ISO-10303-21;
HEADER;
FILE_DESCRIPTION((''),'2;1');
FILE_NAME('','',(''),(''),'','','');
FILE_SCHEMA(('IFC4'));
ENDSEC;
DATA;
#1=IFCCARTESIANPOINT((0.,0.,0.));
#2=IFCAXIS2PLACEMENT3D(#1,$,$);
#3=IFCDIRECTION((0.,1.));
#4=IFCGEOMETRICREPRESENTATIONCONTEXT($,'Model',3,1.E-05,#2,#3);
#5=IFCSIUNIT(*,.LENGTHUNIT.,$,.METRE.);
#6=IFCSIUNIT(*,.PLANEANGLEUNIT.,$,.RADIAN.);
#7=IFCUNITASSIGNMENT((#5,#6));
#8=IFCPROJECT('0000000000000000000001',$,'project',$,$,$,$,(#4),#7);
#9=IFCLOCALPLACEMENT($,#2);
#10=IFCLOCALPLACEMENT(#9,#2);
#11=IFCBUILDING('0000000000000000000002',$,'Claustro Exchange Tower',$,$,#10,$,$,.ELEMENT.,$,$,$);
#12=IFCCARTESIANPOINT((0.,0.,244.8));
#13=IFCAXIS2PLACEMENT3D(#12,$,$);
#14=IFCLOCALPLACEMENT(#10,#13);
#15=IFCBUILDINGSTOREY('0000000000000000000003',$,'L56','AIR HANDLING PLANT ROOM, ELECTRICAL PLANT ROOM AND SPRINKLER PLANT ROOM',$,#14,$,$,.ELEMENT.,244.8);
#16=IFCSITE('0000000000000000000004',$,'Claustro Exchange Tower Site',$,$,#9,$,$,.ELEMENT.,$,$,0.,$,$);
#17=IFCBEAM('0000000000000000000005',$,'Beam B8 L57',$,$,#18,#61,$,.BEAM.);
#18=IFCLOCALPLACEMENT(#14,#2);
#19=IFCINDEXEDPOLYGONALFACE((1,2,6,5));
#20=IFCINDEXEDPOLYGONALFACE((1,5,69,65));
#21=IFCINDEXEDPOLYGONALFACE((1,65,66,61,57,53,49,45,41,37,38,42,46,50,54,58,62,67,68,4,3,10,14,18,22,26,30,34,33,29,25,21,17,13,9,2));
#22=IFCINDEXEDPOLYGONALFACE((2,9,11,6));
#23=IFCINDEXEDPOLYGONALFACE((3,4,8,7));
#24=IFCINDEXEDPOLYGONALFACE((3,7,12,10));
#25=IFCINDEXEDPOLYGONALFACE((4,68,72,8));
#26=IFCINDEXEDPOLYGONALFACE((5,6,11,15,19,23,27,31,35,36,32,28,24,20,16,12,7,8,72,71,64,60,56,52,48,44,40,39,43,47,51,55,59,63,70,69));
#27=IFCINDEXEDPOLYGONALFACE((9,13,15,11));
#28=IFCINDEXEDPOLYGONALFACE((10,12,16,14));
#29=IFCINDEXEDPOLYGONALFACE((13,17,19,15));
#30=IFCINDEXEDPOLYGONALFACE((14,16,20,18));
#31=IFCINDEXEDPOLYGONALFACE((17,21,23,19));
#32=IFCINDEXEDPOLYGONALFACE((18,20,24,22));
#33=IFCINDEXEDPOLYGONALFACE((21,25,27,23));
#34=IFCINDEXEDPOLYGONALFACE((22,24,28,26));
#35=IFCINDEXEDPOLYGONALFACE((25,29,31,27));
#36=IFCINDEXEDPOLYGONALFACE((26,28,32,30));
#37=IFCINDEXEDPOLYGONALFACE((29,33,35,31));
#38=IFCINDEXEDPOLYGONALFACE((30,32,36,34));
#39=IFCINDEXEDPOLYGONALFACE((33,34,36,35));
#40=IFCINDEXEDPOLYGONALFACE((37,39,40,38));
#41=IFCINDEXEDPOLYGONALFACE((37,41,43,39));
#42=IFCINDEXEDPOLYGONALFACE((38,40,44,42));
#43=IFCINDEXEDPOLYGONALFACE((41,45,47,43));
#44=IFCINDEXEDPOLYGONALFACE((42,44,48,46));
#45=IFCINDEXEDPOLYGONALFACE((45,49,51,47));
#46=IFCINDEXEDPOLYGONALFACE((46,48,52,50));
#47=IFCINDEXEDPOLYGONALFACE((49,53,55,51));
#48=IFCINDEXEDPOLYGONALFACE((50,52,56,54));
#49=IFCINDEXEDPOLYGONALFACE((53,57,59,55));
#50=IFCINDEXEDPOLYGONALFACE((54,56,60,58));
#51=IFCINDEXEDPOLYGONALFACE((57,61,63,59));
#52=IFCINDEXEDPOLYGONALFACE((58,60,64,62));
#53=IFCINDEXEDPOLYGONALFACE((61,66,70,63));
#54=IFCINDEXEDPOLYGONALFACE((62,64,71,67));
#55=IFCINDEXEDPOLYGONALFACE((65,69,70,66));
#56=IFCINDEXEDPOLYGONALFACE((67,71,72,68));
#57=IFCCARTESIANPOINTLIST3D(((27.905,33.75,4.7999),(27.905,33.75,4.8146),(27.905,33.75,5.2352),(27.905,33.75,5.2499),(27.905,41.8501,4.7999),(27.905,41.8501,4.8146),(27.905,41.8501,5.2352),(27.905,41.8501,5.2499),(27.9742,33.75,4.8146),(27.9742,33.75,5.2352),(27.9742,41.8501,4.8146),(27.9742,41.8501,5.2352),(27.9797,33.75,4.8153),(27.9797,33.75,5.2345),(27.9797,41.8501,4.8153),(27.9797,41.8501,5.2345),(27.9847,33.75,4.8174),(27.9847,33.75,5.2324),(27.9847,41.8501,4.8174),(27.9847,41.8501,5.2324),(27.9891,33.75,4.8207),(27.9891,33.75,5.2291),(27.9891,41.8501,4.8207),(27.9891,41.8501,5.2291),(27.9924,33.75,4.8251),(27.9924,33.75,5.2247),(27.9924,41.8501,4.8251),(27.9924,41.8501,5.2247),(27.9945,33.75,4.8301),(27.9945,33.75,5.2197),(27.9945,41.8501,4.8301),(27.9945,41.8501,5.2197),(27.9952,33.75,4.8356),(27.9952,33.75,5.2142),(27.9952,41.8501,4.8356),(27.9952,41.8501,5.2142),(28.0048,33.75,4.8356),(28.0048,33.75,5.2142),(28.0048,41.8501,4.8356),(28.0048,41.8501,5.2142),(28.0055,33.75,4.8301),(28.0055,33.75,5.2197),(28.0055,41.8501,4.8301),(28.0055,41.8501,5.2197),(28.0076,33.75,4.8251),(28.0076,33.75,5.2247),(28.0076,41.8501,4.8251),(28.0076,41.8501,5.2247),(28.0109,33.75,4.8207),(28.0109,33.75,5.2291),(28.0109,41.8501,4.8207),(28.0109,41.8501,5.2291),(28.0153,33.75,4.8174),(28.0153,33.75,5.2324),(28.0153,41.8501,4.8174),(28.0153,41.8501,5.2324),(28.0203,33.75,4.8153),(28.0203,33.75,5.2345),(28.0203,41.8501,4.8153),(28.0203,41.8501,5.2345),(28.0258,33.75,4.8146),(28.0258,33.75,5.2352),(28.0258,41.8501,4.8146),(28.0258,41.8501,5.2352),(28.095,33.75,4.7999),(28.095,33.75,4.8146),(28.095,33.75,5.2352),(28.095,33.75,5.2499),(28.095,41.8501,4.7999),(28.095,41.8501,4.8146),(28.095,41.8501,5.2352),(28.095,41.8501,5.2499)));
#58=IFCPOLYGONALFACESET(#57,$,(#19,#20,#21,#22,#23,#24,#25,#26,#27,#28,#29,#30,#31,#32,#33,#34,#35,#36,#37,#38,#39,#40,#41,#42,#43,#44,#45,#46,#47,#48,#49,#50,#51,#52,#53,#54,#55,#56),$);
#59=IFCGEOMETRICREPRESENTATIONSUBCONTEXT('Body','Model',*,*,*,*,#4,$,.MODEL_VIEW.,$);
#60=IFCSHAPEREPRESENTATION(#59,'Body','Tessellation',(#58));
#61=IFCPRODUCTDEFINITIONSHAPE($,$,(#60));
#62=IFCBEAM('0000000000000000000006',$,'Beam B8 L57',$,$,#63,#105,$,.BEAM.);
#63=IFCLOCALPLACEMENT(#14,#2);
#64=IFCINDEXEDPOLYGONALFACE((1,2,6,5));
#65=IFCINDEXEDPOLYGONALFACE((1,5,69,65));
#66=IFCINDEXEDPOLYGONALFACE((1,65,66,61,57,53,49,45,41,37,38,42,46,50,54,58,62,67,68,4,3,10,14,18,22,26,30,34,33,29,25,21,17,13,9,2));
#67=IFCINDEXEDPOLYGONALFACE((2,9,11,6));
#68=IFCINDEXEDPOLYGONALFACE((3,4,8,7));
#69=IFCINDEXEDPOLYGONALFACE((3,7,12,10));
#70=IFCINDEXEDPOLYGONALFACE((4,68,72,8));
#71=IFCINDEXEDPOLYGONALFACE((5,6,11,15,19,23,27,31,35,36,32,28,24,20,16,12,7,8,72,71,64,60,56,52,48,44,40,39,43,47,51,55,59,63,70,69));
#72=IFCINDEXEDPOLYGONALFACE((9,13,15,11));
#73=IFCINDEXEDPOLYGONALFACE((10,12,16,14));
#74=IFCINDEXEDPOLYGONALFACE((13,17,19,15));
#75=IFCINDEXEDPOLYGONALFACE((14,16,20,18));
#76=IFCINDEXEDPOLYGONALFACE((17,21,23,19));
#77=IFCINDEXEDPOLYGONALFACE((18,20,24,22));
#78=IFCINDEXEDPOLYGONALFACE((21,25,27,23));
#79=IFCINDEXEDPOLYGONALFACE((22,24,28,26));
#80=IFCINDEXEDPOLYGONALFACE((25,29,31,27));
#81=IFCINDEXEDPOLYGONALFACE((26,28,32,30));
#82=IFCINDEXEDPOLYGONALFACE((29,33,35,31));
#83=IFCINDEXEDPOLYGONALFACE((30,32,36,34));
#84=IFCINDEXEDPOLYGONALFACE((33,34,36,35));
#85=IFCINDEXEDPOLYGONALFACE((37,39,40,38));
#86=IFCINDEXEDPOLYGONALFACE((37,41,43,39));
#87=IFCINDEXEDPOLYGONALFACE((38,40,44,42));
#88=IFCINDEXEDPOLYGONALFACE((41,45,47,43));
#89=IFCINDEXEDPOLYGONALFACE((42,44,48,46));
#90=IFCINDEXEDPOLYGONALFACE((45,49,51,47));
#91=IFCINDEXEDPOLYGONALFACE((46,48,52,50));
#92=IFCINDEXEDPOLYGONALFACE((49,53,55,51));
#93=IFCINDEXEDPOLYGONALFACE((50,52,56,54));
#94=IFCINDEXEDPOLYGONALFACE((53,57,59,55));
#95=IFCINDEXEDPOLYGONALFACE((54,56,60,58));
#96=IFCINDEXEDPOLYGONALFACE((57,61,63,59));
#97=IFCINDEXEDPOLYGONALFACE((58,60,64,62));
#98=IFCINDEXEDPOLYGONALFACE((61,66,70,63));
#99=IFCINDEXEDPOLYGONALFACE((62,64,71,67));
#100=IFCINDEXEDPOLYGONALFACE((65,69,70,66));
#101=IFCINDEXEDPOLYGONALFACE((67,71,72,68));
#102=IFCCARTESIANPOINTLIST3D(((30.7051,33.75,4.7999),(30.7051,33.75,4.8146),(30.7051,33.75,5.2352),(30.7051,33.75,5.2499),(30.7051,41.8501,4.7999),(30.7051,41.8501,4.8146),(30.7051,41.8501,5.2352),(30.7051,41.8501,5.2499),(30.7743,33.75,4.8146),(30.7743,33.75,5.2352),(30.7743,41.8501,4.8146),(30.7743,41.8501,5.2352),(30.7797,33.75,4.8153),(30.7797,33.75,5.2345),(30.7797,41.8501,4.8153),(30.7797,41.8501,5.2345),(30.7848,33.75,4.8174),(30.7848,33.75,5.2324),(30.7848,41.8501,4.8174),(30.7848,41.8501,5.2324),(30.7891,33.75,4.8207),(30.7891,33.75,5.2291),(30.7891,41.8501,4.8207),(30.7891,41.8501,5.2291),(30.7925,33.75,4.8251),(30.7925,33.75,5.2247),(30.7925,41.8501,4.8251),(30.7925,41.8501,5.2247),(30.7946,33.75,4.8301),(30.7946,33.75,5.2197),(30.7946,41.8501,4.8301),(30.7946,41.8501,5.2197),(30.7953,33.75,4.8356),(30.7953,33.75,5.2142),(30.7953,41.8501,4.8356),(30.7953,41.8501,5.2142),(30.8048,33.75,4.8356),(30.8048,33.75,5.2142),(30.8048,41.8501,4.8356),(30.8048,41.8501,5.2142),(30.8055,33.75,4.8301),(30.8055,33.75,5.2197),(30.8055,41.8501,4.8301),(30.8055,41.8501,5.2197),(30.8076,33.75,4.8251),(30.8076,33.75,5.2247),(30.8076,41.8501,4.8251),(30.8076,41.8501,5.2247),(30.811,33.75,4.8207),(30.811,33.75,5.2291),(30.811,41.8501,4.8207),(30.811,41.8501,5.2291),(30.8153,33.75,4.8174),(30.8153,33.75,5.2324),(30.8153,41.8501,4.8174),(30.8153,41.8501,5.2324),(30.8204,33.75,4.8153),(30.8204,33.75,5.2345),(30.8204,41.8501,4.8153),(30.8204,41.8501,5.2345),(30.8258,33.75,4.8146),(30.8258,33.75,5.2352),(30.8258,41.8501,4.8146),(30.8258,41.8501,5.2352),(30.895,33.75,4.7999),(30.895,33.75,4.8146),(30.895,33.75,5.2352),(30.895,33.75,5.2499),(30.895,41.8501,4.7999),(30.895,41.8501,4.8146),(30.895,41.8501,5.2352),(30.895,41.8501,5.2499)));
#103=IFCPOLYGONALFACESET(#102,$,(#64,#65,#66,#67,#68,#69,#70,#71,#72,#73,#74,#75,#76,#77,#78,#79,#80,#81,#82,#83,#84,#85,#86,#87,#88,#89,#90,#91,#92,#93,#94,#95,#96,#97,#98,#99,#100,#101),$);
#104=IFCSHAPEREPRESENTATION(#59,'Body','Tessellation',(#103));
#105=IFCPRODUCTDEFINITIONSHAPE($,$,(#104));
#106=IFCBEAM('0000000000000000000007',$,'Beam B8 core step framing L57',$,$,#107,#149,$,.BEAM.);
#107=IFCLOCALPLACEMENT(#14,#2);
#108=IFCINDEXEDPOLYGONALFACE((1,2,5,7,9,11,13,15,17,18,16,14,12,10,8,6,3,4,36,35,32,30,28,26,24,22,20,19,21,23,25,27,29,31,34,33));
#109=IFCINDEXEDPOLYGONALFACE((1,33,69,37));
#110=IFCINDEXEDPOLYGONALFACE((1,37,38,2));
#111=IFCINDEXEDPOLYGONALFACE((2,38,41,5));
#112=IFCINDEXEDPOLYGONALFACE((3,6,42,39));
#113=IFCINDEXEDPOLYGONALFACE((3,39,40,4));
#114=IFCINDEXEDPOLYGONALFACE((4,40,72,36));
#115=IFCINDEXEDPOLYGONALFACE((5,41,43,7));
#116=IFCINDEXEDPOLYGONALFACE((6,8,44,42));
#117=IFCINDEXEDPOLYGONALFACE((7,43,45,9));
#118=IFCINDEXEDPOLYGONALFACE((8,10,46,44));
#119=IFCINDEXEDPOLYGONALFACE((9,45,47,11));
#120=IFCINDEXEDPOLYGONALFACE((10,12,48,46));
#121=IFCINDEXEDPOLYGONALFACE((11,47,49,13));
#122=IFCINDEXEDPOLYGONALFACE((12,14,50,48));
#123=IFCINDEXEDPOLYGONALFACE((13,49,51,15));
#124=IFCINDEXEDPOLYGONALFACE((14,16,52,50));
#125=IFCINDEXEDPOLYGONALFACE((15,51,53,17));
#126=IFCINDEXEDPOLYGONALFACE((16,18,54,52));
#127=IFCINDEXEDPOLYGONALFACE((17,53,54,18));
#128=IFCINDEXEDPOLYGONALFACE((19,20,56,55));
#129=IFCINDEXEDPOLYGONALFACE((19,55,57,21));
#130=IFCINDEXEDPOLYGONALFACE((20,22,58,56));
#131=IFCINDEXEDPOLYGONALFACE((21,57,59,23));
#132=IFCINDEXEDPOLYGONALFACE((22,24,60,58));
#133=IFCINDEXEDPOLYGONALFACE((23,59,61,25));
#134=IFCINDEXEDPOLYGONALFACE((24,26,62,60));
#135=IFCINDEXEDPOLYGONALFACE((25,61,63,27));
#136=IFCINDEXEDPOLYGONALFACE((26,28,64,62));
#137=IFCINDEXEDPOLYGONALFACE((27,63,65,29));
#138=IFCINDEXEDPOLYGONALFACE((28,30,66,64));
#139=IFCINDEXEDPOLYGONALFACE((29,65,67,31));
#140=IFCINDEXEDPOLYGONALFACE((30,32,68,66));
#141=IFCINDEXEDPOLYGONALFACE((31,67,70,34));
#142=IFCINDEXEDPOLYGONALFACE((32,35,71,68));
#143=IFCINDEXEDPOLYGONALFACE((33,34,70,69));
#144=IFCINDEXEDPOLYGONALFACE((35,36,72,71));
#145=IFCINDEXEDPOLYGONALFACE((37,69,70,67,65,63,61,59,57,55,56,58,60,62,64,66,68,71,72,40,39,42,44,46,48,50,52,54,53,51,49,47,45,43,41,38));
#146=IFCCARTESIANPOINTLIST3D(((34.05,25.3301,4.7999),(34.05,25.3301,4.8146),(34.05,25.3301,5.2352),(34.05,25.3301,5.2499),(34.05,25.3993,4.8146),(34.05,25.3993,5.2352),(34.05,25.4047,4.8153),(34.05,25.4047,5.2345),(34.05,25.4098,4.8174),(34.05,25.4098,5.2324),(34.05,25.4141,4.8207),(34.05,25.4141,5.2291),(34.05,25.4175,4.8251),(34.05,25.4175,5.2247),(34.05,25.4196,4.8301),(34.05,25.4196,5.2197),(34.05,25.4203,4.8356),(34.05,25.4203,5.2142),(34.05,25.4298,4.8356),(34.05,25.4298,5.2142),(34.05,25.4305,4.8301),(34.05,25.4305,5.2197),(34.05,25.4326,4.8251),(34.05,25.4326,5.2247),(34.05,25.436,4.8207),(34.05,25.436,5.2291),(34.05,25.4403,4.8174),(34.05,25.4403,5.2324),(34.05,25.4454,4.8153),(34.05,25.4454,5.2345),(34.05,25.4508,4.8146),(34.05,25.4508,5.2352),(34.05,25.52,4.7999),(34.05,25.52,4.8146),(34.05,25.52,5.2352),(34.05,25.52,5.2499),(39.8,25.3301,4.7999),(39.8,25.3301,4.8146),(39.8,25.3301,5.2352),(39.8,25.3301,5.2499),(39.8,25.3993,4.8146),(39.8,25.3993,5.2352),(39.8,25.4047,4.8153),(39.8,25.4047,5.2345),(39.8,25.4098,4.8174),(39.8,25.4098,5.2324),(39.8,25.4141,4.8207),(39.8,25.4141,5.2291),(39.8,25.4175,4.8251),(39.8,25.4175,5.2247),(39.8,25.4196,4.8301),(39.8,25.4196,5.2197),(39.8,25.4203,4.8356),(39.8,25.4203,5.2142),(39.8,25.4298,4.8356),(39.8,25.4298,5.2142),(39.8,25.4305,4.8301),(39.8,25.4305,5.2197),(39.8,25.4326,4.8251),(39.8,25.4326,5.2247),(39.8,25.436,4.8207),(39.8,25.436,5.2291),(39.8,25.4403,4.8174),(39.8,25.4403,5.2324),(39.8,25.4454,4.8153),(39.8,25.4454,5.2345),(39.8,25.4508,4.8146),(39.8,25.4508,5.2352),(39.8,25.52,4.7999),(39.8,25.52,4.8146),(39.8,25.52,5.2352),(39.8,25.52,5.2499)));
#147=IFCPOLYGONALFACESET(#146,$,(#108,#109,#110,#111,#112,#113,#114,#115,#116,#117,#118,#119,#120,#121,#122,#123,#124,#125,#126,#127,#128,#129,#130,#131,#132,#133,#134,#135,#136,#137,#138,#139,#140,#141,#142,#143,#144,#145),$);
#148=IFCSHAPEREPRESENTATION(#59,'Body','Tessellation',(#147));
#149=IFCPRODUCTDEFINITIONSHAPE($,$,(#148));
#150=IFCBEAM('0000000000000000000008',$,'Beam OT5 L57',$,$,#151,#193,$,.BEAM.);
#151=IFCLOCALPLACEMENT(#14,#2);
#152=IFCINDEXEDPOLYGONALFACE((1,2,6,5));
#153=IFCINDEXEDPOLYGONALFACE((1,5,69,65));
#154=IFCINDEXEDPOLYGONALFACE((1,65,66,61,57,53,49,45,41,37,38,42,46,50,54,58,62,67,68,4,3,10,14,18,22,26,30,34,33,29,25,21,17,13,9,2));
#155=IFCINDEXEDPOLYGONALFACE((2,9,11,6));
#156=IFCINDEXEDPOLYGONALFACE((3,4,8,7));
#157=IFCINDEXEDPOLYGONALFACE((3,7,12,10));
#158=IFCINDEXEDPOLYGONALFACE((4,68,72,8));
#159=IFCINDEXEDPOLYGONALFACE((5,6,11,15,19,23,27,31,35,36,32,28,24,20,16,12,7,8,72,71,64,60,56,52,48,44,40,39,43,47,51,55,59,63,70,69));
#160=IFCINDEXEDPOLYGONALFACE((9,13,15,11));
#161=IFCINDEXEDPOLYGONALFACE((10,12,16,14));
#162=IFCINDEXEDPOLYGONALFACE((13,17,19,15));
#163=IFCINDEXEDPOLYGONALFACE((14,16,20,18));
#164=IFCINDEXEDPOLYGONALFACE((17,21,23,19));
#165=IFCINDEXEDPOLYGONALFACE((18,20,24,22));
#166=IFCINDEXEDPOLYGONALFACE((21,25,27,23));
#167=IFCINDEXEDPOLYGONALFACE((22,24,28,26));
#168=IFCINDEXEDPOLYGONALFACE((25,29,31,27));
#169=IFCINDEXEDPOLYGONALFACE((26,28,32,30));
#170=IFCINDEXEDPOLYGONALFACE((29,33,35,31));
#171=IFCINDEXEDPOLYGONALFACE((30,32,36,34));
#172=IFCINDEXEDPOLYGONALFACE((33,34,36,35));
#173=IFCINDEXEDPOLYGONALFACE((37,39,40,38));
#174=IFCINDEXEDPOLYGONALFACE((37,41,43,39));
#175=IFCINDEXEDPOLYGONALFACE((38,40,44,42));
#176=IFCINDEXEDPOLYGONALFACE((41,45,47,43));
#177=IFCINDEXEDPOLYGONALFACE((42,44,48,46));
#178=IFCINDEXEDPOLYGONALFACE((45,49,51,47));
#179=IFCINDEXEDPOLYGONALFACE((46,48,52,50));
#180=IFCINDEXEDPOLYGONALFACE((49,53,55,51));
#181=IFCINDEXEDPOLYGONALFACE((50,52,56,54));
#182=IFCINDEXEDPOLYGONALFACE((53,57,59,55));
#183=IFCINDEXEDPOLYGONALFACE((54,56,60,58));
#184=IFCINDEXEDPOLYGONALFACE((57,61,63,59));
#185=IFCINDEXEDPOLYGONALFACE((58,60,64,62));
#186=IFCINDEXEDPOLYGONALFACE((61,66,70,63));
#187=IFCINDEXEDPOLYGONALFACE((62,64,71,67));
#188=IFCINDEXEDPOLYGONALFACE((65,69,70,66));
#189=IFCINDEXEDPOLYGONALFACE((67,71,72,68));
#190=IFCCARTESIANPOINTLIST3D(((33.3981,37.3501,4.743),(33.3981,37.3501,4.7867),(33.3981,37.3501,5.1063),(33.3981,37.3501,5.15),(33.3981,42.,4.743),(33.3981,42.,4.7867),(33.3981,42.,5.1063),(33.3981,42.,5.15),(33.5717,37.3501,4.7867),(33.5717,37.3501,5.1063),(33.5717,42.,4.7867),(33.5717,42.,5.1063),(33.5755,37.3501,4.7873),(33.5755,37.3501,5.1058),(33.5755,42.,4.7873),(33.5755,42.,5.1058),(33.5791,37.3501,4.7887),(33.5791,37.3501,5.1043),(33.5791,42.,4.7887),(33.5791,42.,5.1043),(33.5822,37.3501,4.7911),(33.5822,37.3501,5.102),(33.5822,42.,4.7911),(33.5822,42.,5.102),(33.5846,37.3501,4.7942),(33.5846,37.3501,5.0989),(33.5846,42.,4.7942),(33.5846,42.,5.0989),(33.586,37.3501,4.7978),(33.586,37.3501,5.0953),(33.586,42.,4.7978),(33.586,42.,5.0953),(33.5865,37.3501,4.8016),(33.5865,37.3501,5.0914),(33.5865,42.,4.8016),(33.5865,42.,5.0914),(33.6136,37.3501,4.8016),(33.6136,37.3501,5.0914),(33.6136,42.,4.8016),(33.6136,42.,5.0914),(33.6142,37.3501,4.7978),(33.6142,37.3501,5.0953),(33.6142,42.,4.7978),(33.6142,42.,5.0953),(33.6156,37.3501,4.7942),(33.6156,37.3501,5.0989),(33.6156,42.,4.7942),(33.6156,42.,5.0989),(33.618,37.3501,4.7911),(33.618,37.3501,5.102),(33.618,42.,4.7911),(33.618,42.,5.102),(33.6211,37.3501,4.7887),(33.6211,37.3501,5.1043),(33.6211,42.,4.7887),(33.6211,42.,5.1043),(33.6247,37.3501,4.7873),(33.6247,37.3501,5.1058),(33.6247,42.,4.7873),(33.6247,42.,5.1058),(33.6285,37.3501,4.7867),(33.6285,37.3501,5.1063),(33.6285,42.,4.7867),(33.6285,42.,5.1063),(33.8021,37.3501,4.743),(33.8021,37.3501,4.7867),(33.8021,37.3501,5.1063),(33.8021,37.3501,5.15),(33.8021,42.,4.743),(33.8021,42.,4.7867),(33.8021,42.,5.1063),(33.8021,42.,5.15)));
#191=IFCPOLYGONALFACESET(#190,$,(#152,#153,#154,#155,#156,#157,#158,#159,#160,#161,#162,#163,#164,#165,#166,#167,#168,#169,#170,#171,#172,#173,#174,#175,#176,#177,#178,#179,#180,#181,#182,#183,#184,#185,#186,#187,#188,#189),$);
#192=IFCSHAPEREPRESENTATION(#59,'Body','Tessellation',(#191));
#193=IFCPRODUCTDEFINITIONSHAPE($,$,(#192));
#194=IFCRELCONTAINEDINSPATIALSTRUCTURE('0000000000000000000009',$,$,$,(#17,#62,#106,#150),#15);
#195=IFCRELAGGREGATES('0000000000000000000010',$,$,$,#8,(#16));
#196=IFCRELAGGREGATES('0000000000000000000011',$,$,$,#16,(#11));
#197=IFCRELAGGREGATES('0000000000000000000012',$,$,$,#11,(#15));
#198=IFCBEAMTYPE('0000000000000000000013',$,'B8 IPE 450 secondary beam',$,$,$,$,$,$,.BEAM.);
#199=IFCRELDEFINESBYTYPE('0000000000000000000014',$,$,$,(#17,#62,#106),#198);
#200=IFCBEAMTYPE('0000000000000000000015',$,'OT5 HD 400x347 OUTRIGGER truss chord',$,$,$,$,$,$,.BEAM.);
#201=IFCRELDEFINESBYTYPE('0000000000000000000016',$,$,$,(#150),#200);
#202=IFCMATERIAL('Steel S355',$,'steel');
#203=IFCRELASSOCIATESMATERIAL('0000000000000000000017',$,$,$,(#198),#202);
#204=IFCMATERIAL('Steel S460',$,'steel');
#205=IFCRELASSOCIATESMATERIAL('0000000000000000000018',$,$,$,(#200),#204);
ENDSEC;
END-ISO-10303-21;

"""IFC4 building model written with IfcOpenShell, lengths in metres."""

from ifc_helpers import new_model, si_unit, direction, frame, origin, origin_2d, place, context, subcontext, project, spatial, i_section, extrude, material, material_profile, profile_set, type_object, element, save


model = new_model("IFC4")

# Units and contexts
model_context = context("Model", 3, precision=1e-05, world=origin(), true_north=direction((0.0, 1.0)))
body_context = subcontext(model_context, "Body", "Model", "MODEL_VIEW")
ifc_project = project(units=[si_unit("LENGTHUNIT", "METRE"), si_unit("PLANEANGLEUNIT", "RADIAN")], contexts=[model_context])

# Site, building, storey
site_placement = place(None, origin())
site = spatial("IfcSite", under=ifc_project, at=site_placement, Name="Claustro Exchange Tower Site", CompositionType="ELEMENT", RefElevation=0.0)
building_placement = place(site_placement, origin())
building = spatial("IfcBuilding", under=site, at=building_placement, Name="Claustro Exchange Tower", CompositionType="ELEMENT")
storey_placement = place(building_placement, frame((0.0, 0.0, 244.8)))
storey = spatial("IfcBuildingStorey", under=building, at=storey_placement, Name="L56", Description="AIR HANDLING PLANT ROOM, ELECTRICAL PLANT ROOM AND SPRINKLER PLANT ROOM", CompositionType="ELEMENT", Elevation=244.8)

# Beams
ifc_material_1 = material(Name="Steel S355", Category="steel")
ifc_material_profile_1 = material_profile(ifc_material_1, i_section(OverallWidth=0.1899, OverallDepth=0.45, WebThickness=0.0095, FlangeThickness=0.0146, FilletRadius=0.021, at=origin_2d()), Name="IPE 450")
ifc_profile_set_1 = profile_set([ifc_material_profile_1], Name="Steel S355")
beam_type_1 = type_object("IfcBeamType", Name="B8 IPE 450 secondary beam", PredefinedType="BEAM", material=ifc_profile_set_1)
for number, where, z_axis, x_axis, name in (
    (1, (28.0, 33.75, 5.0249), (0.0, 1.0, 0.0), (-1.0, 0.0, 0.0), "Beam B8 L57"),
    (2, (30.8, 33.75, 5.0249), (0.0, 1.0, 0.0), (-1.0, 0.0, 0.0), "Beam B8 L57"),
):
    element("IfcBeam", number, at=place(storey_placement, frame(where, z_axis=z_axis, x_axis=x_axis)), inside=storey, type_object=beam_type_1, Name=name, PredefinedType="BEAM", context=body_context, shape_type="SweptSolid", body=[
        extrude(i_section(OverallWidth=0.1899, OverallDepth=0.45, WebThickness=0.0095, FlangeThickness=0.0146, FilletRadius=0.021, at=origin_2d()), origin(), (0.0, 0.0, 1.0), 8.1001),
    ])
beam_1_placement = place(storey_placement, frame((34.05, 25.425, 5.0249), z_axis=(1.0, 0.0, 0.0), x_axis=(0.0, 1.0, 0.0)))
element("IfcBeam", 3, at=beam_1_placement, inside=storey, type_object=beam_type_1, Name="Beam B8 core step framing L57", PredefinedType="BEAM", context=body_context, shape_type="SweptSolid", body=[
    extrude(i_section(OverallWidth=0.1899, OverallDepth=0.45, WebThickness=0.0095, FlangeThickness=0.0146, FilletRadius=0.021, at=origin_2d()), origin(), (0.0, 0.0, 1.0), 5.75),
])
ifc_material_2 = material(Name="Steel S460", Category="steel")
ifc_material_profile_2 = material_profile(ifc_material_2, i_section(OverallWidth=0.4041, OverallDepth=0.407, WebThickness=0.0271, FlangeThickness=0.0437, FilletRadius=0.0149, at=origin_2d()), Name="HD 400x347")
ifc_profile_set_2 = profile_set([ifc_material_profile_2], Name="Steel S460")
beam_type_2 = type_object("IfcBeamType", Name="OT5 HD 400x347 OUTRIGGER truss chord", PredefinedType="BEAM", material=ifc_profile_set_2)
beam_2_placement = place(storey_placement, frame((33.6001, 37.3501, 4.9465), z_axis=(0.0, 1.0, 0.0), x_axis=(-1.0, 0.0, 0.0)))
element("IfcBeam", 4, at=beam_2_placement, inside=storey, type_object=beam_type_2, Name="Beam OT5 L57", PredefinedType="BEAM", context=body_context, shape_type="SweptSolid", body=[
    extrude(i_section(OverallWidth=0.4041, OverallDepth=0.407, WebThickness=0.0271, FlangeThickness=0.0437, FilletRadius=0.0149, at=origin_2d()), origin(), (0.0, 0.0, 1.0), 4.6499),
])

save(model, "model.ifc")
